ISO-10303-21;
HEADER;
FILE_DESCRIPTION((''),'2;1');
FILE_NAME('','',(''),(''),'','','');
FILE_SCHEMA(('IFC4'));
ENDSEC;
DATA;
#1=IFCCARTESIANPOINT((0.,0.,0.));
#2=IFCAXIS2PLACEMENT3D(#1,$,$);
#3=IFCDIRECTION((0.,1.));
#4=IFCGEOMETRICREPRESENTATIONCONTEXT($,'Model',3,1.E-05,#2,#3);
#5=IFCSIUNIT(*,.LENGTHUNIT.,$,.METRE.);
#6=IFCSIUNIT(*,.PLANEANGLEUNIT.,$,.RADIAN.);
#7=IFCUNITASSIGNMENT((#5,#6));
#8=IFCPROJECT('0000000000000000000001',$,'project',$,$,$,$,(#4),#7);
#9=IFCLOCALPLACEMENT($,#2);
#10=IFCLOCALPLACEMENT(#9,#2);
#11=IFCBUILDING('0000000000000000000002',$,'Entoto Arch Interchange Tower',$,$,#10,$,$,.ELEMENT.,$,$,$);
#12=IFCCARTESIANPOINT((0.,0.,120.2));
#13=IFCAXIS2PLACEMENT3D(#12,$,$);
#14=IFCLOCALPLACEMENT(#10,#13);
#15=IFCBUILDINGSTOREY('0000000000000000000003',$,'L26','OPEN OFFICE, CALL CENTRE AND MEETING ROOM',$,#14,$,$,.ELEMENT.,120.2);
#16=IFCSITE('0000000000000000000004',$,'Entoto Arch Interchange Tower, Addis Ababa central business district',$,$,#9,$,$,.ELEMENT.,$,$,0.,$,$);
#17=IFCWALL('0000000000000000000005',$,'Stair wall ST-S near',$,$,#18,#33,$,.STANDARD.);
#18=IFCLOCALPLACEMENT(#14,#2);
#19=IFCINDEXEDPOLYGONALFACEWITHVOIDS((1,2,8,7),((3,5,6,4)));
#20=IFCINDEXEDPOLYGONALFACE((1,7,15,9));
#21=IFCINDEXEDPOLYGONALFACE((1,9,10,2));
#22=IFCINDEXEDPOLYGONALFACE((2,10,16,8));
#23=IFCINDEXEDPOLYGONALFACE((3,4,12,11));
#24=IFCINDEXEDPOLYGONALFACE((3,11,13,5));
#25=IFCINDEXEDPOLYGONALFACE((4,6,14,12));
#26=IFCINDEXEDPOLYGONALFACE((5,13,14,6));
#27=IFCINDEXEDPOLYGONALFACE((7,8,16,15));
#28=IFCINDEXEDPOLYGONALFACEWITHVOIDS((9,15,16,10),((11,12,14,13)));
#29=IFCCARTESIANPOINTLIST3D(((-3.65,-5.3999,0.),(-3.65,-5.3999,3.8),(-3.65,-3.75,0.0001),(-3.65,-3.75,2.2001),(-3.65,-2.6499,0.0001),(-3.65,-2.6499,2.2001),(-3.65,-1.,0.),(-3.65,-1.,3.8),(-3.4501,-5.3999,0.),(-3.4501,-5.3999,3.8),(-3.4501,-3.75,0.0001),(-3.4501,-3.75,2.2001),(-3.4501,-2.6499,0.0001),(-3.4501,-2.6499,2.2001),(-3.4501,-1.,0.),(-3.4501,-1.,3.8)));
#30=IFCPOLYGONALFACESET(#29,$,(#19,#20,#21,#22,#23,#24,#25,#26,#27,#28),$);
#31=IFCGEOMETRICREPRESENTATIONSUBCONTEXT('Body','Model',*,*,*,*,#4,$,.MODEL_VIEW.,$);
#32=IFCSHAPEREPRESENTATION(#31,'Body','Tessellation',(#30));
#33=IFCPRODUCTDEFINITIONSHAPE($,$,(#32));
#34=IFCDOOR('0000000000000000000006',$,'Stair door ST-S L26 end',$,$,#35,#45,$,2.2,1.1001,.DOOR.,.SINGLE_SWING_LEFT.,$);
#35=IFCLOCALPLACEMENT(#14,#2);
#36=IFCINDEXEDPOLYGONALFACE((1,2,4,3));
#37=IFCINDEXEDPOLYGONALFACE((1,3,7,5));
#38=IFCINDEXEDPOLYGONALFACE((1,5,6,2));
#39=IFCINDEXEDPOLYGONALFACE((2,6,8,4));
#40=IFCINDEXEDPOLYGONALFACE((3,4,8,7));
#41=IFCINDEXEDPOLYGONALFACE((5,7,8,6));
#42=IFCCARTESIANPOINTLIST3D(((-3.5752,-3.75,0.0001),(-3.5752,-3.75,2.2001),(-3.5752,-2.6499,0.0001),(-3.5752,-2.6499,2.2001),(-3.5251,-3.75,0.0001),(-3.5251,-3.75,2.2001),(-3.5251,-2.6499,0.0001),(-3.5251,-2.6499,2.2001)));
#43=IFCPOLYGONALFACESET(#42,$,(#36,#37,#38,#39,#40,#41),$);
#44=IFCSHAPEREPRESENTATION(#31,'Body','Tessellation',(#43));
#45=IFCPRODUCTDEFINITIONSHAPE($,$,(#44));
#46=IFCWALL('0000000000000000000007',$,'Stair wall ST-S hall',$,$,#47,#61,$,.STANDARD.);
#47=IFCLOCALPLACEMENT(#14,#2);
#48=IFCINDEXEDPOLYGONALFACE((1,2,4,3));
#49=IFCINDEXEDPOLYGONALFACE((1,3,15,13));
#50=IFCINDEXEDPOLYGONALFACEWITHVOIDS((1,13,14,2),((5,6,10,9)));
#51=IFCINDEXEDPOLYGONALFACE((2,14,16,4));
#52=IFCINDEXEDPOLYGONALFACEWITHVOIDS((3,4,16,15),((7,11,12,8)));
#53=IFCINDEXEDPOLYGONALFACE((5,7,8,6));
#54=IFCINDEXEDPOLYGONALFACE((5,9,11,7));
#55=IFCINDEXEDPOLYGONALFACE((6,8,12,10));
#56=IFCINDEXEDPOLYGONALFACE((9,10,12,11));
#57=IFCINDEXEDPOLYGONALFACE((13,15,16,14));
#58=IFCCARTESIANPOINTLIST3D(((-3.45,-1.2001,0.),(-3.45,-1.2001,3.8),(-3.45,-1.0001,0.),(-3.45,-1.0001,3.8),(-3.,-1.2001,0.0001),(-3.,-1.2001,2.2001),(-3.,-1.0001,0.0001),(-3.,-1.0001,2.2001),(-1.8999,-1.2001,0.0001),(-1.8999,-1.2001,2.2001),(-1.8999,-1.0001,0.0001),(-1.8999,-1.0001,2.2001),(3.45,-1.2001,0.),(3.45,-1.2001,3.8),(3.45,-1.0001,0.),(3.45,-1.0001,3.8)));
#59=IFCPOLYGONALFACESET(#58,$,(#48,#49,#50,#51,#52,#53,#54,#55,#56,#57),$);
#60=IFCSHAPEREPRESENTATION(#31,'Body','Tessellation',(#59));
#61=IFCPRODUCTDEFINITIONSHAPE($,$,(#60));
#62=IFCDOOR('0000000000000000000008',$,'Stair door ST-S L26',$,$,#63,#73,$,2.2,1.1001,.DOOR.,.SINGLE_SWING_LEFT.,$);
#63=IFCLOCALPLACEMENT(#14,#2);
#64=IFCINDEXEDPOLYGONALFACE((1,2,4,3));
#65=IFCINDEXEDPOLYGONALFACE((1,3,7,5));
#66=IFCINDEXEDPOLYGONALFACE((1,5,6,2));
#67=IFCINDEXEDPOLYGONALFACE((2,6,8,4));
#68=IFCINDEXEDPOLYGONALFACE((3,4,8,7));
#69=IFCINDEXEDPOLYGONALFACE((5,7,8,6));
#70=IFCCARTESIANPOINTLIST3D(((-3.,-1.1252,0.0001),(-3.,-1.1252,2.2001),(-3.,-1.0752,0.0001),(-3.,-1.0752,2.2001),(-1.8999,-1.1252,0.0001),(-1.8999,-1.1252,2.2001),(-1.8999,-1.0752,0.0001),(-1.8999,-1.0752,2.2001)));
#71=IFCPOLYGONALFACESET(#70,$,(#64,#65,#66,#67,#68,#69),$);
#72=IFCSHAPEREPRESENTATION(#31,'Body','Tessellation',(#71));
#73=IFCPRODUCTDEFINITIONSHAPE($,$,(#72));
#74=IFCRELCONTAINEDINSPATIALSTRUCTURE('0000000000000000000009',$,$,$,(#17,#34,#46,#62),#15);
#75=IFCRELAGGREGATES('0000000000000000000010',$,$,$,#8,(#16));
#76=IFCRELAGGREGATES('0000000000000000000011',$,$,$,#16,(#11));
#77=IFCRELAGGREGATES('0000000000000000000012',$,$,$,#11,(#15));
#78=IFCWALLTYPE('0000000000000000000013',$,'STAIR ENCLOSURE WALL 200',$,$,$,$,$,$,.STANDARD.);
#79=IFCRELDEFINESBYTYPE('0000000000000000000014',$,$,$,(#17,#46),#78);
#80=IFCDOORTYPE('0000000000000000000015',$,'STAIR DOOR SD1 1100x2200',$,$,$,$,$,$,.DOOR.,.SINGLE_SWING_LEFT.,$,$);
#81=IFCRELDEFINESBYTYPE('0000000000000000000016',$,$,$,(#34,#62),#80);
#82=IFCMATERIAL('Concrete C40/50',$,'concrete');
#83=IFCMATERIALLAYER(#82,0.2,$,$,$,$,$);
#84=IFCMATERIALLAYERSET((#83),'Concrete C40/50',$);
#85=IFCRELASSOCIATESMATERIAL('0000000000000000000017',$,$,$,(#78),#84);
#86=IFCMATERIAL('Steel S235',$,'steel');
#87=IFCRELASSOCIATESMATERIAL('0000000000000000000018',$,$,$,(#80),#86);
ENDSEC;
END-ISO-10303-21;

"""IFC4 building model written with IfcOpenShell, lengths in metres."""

from ifc_helpers import new_model, si_unit, direction, frame, frame_2d, origin, place, context, subcontext, project, spatial, rectangle, extrude, material, layer, layer_set, type_object, element, fill, save


model = new_model("IFC4")

# Units and contexts
model_context = context("Model", 3, precision=1e-05, world=origin(), true_north=direction((0.0, 1.0)))
body_context = subcontext(model_context, "Body", "Model", "MODEL_VIEW")
ifc_project = project(units=[si_unit("LENGTHUNIT", "METRE"), si_unit("PLANEANGLEUNIT", "RADIAN")], contexts=[model_context])

# Site, building, storey
site_placement = place(None, origin())
site = spatial("IfcSite", under=ifc_project, at=site_placement, Name="Entoto Arch Interchange Tower, Addis Ababa central business district", CompositionType="ELEMENT", RefElevation=0.0)
building_placement = place(site_placement, origin())
building = spatial("IfcBuilding", under=site, at=building_placement, Name="Entoto Arch Interchange Tower", CompositionType="ELEMENT")
storey_placement = place(building_placement, frame((0.0, 0.0, 120.2)))
storey = spatial("IfcBuildingStorey", under=building, at=storey_placement, Name="L26", Description="OPEN OFFICE, CALL CENTRE AND MEETING ROOM", CompositionType="ELEMENT", Elevation=120.2)

# Shared definitions
ifc_material_1 = material(Name="Concrete C40/50", Category="concrete")

# Walls, openings, doors
ifc_layer_1 = layer(ifc_material_1, 0.2)
ifc_layer_set_1 = layer_set([ifc_layer_1], Name="Concrete C40/50")
wall_type_1 = type_object("IfcWallType", Name="STAIR ENCLOSURE WALL 200", PredefinedType="STANDARD", material=ifc_layer_set_1)
wall_1_placement = place(storey_placement, frame((-3.55, -1.0, 0.0), z_axis=(0.0, 0.0, 1.0), x_axis=(0.0, -1.0, 0.0)))
wall_1 = element("IfcWall", 1, at=wall_1_placement, inside=storey, type_object=wall_type_1, Name="Stair wall ST-S near", PredefinedType="STANDARD", context=body_context, shape_type="SweptSolid", body=[
    extrude(rectangle(XDim=4.3999, YDim=0.2, at=frame_2d((2.2, 0.0))), origin(), (0.0, 0.0, 1.0), 3.8),
])
opening_1_placement = place(wall_1_placement, frame((1.6499, 0.0, 0.0)))
opening_1 = element("IfcOpeningElement", 2, at=opening_1_placement, cuts=wall_1, PredefinedType="OPENING", context=body_context, shape_type="SweptSolid", body=[
    extrude(rectangle(XDim=1.1001, YDim=2.2, at=frame_2d((0.55, 1.1001))), frame((0.0, 0.1099, 0.0), z_axis=(0.0, -1.0, 0.0), x_axis=(1.0, 0.0, 0.0)), (0.0, 0.0, 1.0), 0.22),
])
ifc_material_2 = material(Name="Steel S235", Category="steel")
door_type_1 = type_object("IfcDoorType", Name="STAIR DOOR SD1 1100x2200", OperationType="SINGLE_SWING_LEFT", PredefinedType="DOOR", material=ifc_material_2)
door_1_placement = place(opening_1_placement, origin())
door_1 = element("IfcDoor", 3, at=door_1_placement, inside=storey, type_object=door_type_1, Name="Stair door ST-S L26 end", OperationType="SINGLE_SWING_LEFT", OverallHeight=2.2, OverallWidth=1.1001, PredefinedType="DOOR", context=body_context, shape_type="SweptSolid", body=[
    extrude(rectangle(XDim=1.1001, YDim=2.2, at=frame_2d((0.55, 1.1001))), frame((0.0, 0.0249, 0.0), z_axis=(0.0, -1.0, 0.0), x_axis=(1.0, 0.0, 0.0)), (0.0, 0.0, 1.0), 0.05),
])
fill(opening_1, door_1)
wall_2_placement = place(storey_placement, frame((-3.45, -1.1001, 0.0), z_axis=(0.0, 0.0, 1.0), x_axis=(1.0, 0.0, 0.0)))
wall_2 = element("IfcWall", 4, at=wall_2_placement, inside=storey, type_object=wall_type_1, Name="Stair wall ST-S hall", PredefinedType="STANDARD", context=body_context, shape_type="SweptSolid", body=[
    extrude(rectangle(XDim=6.8999, YDim=0.2, at=frame_2d((3.45, 0.0))), origin(), (0.0, 0.0, 1.0), 3.8),
])
opening_2_placement = place(wall_2_placement, frame((0.45, 0.0, 0.0)))
opening_2 = element("IfcOpeningElement", 5, at=opening_2_placement, cuts=wall_2, PredefinedType="OPENING", context=body_context, shape_type="SweptSolid", body=[
    extrude(rectangle(XDim=1.1001, YDim=2.2, at=frame_2d((0.55, 1.1001))), frame((0.0, 0.1099, 0.0), z_axis=(0.0, -1.0, 0.0), x_axis=(1.0, 0.0, 0.0)), (0.0, 0.0, 1.0), 0.22),
])
door_2_placement = place(opening_2_placement, origin())
door_2 = element("IfcDoor", 6, at=door_2_placement, inside=storey, type_object=door_type_1, Name="Stair door ST-S L26", OperationType="SINGLE_SWING_LEFT", OverallHeight=2.2, OverallWidth=1.1001, PredefinedType="DOOR", context=body_context, shape_type="SweptSolid", body=[
    extrude(rectangle(XDim=1.1001, YDim=2.2, at=frame_2d((0.55, 1.1001))), frame((0.0, 0.0249, 0.0), z_axis=(0.0, -1.0, 0.0), x_axis=(1.0, 0.0, 0.0)), (0.0, 0.0, 1.0), 0.05),
])
fill(opening_2, door_2)

save(model, "model.ifc")
